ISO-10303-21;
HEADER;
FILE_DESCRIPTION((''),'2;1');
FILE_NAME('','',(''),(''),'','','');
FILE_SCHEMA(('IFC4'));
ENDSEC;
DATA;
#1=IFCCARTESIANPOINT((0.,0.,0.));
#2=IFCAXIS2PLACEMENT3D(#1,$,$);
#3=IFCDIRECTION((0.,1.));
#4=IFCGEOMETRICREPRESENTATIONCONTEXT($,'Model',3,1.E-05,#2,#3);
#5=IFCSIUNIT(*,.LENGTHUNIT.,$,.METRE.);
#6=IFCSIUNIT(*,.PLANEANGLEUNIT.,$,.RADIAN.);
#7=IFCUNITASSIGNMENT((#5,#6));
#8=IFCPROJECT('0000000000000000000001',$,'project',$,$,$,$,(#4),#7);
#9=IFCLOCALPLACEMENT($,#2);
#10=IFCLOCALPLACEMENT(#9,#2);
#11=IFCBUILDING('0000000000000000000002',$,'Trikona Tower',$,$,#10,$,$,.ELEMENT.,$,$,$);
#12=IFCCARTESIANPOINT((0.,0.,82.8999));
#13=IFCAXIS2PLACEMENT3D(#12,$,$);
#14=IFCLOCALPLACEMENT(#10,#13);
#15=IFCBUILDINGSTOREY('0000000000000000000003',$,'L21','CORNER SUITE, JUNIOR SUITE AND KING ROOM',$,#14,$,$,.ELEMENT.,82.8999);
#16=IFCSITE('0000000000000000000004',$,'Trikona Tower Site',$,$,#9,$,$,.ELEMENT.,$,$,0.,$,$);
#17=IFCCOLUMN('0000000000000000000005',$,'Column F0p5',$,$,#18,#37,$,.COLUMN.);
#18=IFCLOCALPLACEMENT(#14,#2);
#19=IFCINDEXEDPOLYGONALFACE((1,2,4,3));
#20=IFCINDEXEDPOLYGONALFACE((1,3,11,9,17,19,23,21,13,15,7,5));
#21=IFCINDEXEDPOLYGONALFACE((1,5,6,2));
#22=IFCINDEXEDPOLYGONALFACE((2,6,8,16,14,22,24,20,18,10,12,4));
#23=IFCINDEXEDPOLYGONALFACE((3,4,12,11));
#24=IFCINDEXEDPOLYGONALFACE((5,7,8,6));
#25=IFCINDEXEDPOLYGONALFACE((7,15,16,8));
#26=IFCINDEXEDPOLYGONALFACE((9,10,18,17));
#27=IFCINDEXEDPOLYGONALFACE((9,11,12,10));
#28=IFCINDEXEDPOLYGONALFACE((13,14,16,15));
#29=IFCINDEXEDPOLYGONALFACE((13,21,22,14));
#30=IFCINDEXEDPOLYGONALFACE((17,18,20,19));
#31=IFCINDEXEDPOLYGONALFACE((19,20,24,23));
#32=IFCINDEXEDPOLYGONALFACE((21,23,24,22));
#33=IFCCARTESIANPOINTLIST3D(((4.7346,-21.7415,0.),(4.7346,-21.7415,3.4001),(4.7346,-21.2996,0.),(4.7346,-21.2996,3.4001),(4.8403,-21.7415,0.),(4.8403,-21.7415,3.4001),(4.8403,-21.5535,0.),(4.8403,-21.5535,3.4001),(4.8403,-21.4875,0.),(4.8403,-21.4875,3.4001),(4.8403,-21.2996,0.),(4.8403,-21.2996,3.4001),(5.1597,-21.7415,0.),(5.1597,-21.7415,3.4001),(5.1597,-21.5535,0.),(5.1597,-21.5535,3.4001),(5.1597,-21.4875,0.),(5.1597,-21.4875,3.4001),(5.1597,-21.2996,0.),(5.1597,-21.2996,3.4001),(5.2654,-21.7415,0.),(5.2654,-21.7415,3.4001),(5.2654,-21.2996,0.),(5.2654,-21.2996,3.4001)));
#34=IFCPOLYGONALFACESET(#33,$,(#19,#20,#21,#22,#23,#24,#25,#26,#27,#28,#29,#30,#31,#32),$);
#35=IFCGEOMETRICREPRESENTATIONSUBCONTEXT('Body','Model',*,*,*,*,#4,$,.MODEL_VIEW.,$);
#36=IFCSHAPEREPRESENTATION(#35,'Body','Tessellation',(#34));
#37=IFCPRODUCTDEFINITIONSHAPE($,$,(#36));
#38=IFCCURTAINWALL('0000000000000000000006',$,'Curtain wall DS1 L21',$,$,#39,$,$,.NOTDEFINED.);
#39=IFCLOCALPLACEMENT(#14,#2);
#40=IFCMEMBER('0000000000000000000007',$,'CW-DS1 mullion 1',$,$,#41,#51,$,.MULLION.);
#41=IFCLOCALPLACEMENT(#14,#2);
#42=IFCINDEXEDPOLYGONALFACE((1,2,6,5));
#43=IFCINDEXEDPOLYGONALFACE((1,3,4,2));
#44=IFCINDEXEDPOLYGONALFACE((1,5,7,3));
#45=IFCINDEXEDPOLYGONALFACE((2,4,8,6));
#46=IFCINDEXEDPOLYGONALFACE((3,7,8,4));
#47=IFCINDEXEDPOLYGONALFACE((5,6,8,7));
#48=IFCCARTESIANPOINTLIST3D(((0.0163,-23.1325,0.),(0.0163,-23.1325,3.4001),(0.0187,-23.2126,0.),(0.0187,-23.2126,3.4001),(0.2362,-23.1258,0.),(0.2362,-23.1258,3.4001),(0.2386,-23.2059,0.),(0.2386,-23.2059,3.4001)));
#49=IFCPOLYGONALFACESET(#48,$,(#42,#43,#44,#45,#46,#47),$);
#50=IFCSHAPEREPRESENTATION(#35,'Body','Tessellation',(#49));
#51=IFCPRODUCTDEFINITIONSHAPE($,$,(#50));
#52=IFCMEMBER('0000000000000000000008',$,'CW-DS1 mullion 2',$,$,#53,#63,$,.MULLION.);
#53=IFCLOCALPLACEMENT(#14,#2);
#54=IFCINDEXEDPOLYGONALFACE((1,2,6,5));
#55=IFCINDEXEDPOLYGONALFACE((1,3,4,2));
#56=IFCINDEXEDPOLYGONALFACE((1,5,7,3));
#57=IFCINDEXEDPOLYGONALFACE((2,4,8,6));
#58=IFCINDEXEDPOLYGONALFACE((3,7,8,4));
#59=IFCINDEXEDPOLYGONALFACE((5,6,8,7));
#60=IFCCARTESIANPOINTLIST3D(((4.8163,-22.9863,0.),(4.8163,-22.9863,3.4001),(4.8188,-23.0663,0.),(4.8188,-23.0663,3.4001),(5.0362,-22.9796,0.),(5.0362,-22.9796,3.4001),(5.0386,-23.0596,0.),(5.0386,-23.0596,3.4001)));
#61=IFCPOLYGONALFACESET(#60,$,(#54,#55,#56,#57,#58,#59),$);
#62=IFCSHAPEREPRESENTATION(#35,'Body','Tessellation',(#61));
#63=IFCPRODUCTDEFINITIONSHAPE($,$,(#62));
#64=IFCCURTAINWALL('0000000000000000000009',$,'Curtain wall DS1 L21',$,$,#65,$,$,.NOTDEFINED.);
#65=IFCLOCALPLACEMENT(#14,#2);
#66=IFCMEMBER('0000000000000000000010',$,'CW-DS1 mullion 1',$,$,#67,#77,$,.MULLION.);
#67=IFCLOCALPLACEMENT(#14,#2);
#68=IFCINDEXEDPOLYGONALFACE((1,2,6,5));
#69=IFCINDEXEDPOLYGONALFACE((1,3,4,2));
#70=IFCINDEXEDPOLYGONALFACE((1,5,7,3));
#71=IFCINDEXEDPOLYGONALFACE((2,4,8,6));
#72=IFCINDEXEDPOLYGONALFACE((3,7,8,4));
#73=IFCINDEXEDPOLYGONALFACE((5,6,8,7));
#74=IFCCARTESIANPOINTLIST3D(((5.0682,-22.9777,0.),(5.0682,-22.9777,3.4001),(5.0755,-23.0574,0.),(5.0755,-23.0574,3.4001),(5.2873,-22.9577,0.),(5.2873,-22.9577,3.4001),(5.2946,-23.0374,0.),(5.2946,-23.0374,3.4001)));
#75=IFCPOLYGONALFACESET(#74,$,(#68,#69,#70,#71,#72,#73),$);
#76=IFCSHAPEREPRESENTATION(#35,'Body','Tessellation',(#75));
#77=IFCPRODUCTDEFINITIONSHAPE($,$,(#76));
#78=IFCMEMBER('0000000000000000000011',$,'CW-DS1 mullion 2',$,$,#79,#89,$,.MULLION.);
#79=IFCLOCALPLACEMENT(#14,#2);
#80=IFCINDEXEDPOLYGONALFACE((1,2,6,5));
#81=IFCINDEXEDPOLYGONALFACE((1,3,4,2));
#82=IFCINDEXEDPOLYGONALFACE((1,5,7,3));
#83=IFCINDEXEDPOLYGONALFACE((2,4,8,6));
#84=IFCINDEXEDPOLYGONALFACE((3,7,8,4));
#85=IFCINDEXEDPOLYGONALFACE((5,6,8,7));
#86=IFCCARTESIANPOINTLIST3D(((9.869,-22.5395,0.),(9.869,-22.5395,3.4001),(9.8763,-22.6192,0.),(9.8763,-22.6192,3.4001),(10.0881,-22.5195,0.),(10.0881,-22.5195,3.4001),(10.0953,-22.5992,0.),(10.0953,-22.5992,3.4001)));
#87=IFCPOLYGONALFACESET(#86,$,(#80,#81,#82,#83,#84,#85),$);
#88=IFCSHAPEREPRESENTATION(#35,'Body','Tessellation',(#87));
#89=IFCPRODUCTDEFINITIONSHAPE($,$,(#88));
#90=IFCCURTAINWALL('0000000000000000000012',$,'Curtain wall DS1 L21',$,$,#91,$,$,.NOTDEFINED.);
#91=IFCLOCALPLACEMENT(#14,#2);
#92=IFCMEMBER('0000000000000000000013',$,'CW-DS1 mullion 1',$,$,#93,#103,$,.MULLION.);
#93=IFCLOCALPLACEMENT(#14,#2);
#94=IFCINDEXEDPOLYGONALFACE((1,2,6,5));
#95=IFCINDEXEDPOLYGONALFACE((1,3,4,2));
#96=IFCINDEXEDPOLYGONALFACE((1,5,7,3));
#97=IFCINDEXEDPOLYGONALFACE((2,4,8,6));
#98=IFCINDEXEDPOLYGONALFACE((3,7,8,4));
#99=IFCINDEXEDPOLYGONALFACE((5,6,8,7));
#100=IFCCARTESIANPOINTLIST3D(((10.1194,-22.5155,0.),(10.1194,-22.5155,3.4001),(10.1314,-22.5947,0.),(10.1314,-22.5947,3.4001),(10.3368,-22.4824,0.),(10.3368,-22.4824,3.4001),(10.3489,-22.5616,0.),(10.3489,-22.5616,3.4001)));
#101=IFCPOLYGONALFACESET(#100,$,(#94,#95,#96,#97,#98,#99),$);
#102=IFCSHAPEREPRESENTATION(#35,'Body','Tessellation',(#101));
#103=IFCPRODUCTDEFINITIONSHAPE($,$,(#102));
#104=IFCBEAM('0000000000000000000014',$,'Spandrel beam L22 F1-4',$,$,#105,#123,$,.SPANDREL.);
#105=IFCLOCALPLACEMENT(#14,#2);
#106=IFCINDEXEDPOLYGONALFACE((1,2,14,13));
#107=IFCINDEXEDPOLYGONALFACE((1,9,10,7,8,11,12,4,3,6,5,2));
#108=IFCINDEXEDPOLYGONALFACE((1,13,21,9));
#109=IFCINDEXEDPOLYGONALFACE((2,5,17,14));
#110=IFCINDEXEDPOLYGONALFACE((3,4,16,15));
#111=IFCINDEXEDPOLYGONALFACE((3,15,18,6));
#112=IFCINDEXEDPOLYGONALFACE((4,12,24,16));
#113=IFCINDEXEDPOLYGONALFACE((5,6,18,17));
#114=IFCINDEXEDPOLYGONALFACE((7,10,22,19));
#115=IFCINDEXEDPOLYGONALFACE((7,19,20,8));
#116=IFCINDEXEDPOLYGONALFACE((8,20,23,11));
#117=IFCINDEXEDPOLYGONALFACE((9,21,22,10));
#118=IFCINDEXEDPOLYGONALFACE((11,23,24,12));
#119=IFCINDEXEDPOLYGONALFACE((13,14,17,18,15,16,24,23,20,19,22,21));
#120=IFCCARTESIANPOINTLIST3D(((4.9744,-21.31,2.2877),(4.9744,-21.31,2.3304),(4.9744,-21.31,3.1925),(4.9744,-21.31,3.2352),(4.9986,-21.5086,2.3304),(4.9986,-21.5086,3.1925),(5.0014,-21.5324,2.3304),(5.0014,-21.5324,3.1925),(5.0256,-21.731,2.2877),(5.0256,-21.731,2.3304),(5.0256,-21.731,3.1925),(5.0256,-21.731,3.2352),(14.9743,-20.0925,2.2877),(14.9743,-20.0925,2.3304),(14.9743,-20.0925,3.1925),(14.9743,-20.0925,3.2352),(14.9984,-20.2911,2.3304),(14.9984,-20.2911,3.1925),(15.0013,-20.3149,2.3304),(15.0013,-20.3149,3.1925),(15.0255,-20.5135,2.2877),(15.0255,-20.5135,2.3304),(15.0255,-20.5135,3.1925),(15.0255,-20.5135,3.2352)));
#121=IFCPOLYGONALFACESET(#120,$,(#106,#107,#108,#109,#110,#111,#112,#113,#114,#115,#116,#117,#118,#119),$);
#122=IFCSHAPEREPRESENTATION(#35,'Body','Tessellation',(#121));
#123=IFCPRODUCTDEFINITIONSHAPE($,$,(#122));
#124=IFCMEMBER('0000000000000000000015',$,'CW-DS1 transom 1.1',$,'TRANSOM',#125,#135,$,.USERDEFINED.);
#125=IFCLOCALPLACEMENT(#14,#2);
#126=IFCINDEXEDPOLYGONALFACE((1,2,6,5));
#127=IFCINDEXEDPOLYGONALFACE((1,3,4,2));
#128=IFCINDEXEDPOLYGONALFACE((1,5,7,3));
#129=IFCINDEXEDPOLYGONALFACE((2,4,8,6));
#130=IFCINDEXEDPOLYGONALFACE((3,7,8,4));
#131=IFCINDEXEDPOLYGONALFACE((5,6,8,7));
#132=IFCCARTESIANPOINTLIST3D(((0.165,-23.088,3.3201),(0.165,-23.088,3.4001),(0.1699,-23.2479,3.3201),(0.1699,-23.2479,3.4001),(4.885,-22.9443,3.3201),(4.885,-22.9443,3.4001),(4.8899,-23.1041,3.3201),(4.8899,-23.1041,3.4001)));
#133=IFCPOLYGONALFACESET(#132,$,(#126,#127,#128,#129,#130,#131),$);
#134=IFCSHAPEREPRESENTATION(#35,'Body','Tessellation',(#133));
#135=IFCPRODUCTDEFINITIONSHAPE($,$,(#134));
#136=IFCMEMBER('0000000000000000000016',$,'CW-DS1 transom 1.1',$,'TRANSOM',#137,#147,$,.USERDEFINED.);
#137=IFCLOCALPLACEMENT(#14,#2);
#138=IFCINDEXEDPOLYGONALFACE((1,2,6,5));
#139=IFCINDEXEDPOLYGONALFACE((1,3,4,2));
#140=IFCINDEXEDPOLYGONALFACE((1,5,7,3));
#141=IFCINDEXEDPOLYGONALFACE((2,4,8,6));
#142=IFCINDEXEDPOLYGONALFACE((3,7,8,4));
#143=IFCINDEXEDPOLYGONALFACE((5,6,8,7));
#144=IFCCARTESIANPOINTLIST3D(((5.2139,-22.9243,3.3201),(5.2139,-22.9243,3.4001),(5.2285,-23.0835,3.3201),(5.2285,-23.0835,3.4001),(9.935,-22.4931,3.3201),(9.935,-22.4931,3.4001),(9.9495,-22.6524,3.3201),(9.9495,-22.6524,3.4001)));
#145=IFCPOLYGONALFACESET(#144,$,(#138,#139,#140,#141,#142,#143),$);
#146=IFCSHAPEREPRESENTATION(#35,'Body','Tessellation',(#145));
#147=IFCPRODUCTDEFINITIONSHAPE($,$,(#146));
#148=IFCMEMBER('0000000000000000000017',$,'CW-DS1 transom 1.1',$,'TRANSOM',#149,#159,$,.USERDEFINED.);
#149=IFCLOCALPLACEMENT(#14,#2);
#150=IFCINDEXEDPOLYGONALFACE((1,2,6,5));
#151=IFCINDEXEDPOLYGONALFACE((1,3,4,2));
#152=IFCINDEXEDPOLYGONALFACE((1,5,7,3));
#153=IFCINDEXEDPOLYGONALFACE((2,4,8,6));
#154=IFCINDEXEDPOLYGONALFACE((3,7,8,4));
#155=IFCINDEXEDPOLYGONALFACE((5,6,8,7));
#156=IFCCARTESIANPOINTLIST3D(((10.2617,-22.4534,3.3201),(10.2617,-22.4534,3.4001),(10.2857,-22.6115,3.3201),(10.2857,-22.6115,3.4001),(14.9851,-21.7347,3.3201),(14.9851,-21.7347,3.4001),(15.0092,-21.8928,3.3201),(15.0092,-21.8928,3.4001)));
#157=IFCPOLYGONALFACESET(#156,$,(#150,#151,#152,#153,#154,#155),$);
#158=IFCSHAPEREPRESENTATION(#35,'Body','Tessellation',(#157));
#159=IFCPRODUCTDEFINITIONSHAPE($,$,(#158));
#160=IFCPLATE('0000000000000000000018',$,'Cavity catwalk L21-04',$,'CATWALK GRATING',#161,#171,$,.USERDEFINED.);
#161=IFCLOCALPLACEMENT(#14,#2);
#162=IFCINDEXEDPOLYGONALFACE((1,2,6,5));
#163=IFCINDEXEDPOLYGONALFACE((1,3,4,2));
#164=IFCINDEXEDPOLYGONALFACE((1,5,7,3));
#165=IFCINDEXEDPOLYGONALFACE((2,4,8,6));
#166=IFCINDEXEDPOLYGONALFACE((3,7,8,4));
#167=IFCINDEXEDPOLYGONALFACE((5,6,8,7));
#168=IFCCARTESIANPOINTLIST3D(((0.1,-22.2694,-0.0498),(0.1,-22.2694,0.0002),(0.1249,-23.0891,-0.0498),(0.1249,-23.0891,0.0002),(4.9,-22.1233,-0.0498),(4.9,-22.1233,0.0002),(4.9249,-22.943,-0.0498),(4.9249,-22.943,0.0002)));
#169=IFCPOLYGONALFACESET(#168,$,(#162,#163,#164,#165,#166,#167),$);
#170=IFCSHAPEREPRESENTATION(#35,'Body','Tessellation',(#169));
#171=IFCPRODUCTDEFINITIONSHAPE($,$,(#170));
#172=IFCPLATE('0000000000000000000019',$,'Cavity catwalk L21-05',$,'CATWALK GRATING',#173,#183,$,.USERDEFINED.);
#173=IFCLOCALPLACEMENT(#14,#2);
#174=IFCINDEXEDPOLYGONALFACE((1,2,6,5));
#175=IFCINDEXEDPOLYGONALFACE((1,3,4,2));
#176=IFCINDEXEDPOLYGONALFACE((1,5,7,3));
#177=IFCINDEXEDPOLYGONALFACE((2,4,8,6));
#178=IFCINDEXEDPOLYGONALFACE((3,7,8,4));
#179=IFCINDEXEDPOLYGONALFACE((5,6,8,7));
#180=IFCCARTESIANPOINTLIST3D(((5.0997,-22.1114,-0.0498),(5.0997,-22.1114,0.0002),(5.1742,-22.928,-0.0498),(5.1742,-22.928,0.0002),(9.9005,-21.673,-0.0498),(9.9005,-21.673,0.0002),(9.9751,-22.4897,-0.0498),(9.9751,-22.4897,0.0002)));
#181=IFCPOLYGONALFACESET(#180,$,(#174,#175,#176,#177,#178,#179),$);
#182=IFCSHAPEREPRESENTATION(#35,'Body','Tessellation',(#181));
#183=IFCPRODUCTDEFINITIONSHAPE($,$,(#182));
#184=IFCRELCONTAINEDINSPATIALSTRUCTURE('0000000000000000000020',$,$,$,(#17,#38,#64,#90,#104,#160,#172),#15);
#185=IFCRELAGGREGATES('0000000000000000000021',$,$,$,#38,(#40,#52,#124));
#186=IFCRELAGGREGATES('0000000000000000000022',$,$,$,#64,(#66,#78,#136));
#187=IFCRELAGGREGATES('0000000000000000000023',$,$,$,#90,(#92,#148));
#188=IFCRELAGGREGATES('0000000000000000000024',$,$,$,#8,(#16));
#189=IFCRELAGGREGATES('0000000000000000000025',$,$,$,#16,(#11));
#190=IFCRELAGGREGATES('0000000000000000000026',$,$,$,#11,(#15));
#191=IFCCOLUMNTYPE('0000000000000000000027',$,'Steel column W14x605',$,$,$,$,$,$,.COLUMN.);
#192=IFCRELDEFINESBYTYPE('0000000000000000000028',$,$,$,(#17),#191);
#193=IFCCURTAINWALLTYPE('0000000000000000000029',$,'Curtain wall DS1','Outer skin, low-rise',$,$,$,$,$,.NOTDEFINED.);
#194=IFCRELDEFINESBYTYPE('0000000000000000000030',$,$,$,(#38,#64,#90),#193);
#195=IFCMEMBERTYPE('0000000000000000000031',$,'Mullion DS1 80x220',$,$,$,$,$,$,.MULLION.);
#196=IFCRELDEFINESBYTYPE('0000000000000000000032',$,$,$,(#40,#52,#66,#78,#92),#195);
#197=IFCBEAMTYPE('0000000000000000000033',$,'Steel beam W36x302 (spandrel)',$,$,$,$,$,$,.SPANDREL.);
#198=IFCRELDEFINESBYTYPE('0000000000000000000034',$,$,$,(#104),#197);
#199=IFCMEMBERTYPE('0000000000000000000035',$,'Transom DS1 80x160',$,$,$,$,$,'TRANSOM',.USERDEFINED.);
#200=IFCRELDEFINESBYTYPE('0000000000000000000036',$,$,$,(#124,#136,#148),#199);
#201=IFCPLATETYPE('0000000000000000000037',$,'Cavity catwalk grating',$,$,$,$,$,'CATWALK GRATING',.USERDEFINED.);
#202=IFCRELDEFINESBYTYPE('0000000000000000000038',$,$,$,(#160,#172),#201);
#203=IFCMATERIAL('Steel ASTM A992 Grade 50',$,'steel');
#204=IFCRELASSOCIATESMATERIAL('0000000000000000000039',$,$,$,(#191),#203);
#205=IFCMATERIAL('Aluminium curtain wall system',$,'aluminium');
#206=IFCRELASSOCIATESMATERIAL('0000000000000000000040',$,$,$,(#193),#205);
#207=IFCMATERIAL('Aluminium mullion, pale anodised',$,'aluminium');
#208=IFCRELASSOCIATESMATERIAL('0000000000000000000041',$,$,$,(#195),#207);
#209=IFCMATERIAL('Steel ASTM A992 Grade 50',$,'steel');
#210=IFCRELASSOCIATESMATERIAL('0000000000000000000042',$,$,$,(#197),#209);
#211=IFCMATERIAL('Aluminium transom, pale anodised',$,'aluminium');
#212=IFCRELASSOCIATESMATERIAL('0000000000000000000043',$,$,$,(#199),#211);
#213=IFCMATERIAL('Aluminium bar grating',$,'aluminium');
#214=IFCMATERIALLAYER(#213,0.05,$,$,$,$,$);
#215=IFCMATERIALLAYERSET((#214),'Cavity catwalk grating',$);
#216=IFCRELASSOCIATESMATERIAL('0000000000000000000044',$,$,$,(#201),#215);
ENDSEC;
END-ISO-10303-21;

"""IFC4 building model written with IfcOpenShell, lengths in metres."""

from ifc_helpers import new_model, si_unit, direction, frame, origin, origin_2d, place, context, subcontext, project, spatial, rectangle, i_section, extrude, material, layer, layer_set, material_profile, profile_set, type_object, element, aggregate, save


model = new_model("IFC4")

# Units and contexts
model_context = context("Model", 3, precision=1e-05, world=origin(), true_north=direction((0.0, 1.0)))
body_context = subcontext(model_context, "Body", "Model", "MODEL_VIEW")
ifc_project = project(units=[si_unit("LENGTHUNIT", "METRE"), si_unit("PLANEANGLEUNIT", "RADIAN")], contexts=[model_context])

# Site, building, storey
site_placement = place(None, origin())
site = spatial("IfcSite", under=ifc_project, at=site_placement, Name="Trikona Tower Site", CompositionType="ELEMENT", RefElevation=0.0)
building_placement = place(site_placement, origin())
building = spatial("IfcBuilding", under=site, at=building_placement, Name="Trikona Tower", CompositionType="ELEMENT")
storey_placement = place(building_placement, frame((0.0, 0.0, 82.8999)))
storey = spatial("IfcBuildingStorey", under=building, at=storey_placement, Name="L21", Description="CORNER SUITE, JUNIOR SUITE AND KING ROOM", CompositionType="ELEMENT", Elevation=82.8999)

# Column
ifc_material_1 = material(Name="Steel ASTM A992 Grade 50", Category="steel")
ifc_material_profile_1 = material_profile(ifc_material_1, i_section(OverallWidth=0.4419, OverallDepth=0.5308, WebThickness=0.0659, FlangeThickness=0.1057, at=origin_2d()), Name="W14X605")
ifc_profile_set_1 = profile_set([ifc_material_profile_1], Name="Steel ASTM A992 Grade 50")
column_type = type_object("IfcColumnType", Name="Steel column W14x605", PredefinedType="COLUMN", material=ifc_profile_set_1)
column_placement = place(storey_placement, frame((5.0, -21.5205, 0.0), z_axis=(0.0, 0.0, 1.0), x_axis=(0.0, -1.0, 0.0)))
element("IfcColumn", 1, at=column_placement, inside=storey, type_object=column_type, Name="Column F0p5", PredefinedType="COLUMN", context=body_context, shape_type="SweptSolid", body=[
    extrude(i_section(OverallWidth=0.4419, OverallDepth=0.5308, WebThickness=0.0659, FlangeThickness=0.1057, at=origin_2d()), origin(), (0.0, 0.0, 1.0), 3.4001),
])

# Curtain walls, members
ifc_material_2 = material(Name="Aluminium curtain wall system", Category="aluminium")
curtain_wall_type = type_object("IfcCurtainWallType", Name="Curtain wall DS1", Description="Outer skin, low-rise", PredefinedType="NOTDEFINED", material=ifc_material_2)
curtain_wall_1_placement = place(storey_placement, origin())
curtain_wall_1 = element("IfcCurtainWall", 2, at=curtain_wall_1_placement, inside=storey, type_object=curtain_wall_type, Name="Curtain wall DS1 L21", PredefinedType="NOTDEFINED")
ifc_material_3 = material(Name="Aluminium mullion, pale anodised", Category="aluminium")
ifc_material_profile_2 = material_profile(ifc_material_3, rectangle(XDim=0.0801, YDim=0.22, at=origin_2d()), Name="MUL-DS1")
ifc_profile_set_2 = profile_set([ifc_material_profile_2], Name="Aluminium mullion, pale anodised")
member_type_1 = type_object("IfcMemberType", Name="Mullion DS1 80x220", PredefinedType="MULLION", material=ifc_profile_set_2)
member_1_placement = place(storey_placement, frame((0.1274, -23.1692, 0.0), z_axis=(0.0, 0.0, 1.0), x_axis=(-0.030437, 0.999537, 0.0)))
member_1 = element("IfcMember", 3, at=member_1_placement, type_object=member_type_1, Name="CW-DS1 mullion 1", PredefinedType="MULLION", context=body_context, shape_type="SweptSolid", body=[
    extrude(rectangle(XDim=0.0801, YDim=0.22, at=origin_2d()), origin(), (0.0, 0.0, 1.0), 3.4001),
])
member_2_placement = place(storey_placement, frame((4.9275, -23.0229, 0.0), z_axis=(0.0, 0.0, 1.0), x_axis=(-0.030437, 0.999537, 0.0)))
member_2 = element("IfcMember", 4, at=member_2_placement, type_object=member_type_1, Name="CW-DS1 mullion 2", PredefinedType="MULLION", context=body_context, shape_type="SweptSolid", body=[
    extrude(rectangle(XDim=0.0801, YDim=0.22, at=origin_2d()), origin(), (0.0, 0.0, 1.0), 3.4001),
])
curtain_wall_2_placement = place(storey_placement, origin())
curtain_wall_2 = element("IfcCurtainWall", 5, at=curtain_wall_2_placement, inside=storey, type_object=curtain_wall_type, Name="Curtain wall DS1 L21", PredefinedType="NOTDEFINED")
member_3_placement = place(storey_placement, frame((5.1814, -23.0076, 0.0), z_axis=(0.0, 0.0, 1.0), x_axis=(-0.090924, 0.995858, 0.0)))
member_3 = element("IfcMember", 6, at=member_3_placement, type_object=member_type_1, Name="CW-DS1 mullion 1", PredefinedType="MULLION", context=body_context, shape_type="SweptSolid", body=[
    extrude(rectangle(XDim=0.0801, YDim=0.22, at=origin_2d()), origin(), (0.0, 0.0, 1.0), 3.4001),
])
member_4_placement = place(storey_placement, frame((9.9822, -22.5693, 0.0), z_axis=(0.0, 0.0, 1.0), x_axis=(-0.090924, 0.995858, 0.0)))
member_4 = element("IfcMember", 7, at=member_4_placement, type_object=member_type_1, Name="CW-DS1 mullion 2", PredefinedType="MULLION", context=body_context, shape_type="SweptSolid", body=[
    extrude(rectangle(XDim=0.0801, YDim=0.22, at=origin_2d()), origin(), (0.0, 0.0, 1.0), 3.4001),
])

# Curtain wall, member
curtain_wall_3_placement = place(storey_placement, origin())
curtain_wall_3 = element("IfcCurtainWall", 8, at=curtain_wall_3_placement, inside=storey, type_object=curtain_wall_type, Name="Curtain wall DS1 L21", PredefinedType="NOTDEFINED")
member_5_placement = place(storey_placement, frame((10.2341, -22.5386, 0.0), z_axis=(0.0, 0.0, 1.0), x_axis=(-0.150438, 0.988619, 0.0)))
member_5 = element("IfcMember", 9, at=member_5_placement, type_object=member_type_1, Name="CW-DS1 mullion 1", PredefinedType="MULLION", context=body_context, shape_type="SweptSolid", body=[
    extrude(rectangle(XDim=0.0801, YDim=0.22, at=origin_2d()), origin(), (0.0, 0.0, 1.0), 3.4001),
])

# Beam
ifc_material_4 = material(Name="Steel ASTM A992 Grade 50", Category="steel")
ifc_material_profile_3 = material_profile(ifc_material_4, i_section(OverallWidth=0.4241, OverallDepth=0.9475, WebThickness=0.0239, FlangeThickness=0.0427, at=origin_2d()), Name="W36X302")
ifc_profile_set_3 = profile_set([ifc_material_profile_3], Name="Steel ASTM A992 Grade 50")
beam_type = type_object("IfcBeamType", Name="Steel beam W36x302 (spandrel)", PredefinedType="SPANDREL", material=ifc_profile_set_3)
beam_placement = place(storey_placement, frame((5.0, -21.5205, 2.7615), z_axis=(0.99267, 0.12086, 0.0), x_axis=(-0.12086, 0.99267, 0.0)))
element("IfcBeam", 10, at=beam_placement, inside=storey, type_object=beam_type, Name="Spandrel beam L22 F1-4", PredefinedType="SPANDREL", context=body_context, shape_type="SweptSolid", body=[
    extrude(i_section(OverallWidth=0.4241, OverallDepth=0.9475, WebThickness=0.0239, FlangeThickness=0.0427, at=origin_2d()), origin(), (0.0, 0.0, 1.0), 10.0737),
])

# Members
ifc_material_5 = material(Name="Aluminium transom, pale anodised", Category="aluminium")
ifc_material_profile_4 = material_profile(ifc_material_5, rectangle(XDim=0.1599, YDim=0.0801, at=origin_2d()), Name="TRN-DS1")
ifc_profile_set_4 = profile_set([ifc_material_profile_4], Name="Aluminium transom, pale anodised")
member_type_2 = type_object("IfcMemberType", Name="Transom DS1 80x160", ElementType="TRANSOM", PredefinedType="USERDEFINED", material=ifc_profile_set_4)
member_6_placement = place(storey_placement, frame((0.1675, -23.168, 3.3601), z_axis=(0.999536, 0.030452, 0.0), x_axis=(-0.030452, 0.999536, 0.0)))
member_6 = element("IfcMember", 11, at=member_6_placement, type_object=member_type_2, Name="CW-DS1 transom 1.1", ObjectType="TRANSOM", PredefinedType="USERDEFINED", context=body_context, shape_type="SweptSolid", body=[
    extrude(rectangle(XDim=0.1599, YDim=0.0801, at=origin_2d()), origin(), (0.0, 0.0, 1.0), 4.7222),
])
member_7_placement = place(storey_placement, frame((5.2212, -23.0039, 3.3601), z_axis=(0.995856, 0.090944, 0.0), x_axis=(-0.090944, 0.995856, 0.0)))
member_7 = element("IfcMember", 12, at=member_7_placement, type_object=member_type_2, Name="CW-DS1 transom 1.1", ObjectType="TRANSOM", PredefinedType="USERDEFINED", context=body_context, shape_type="SweptSolid", body=[
    extrude(rectangle(XDim=0.1599, YDim=0.0801, at=origin_2d()), origin(), (0.0, 0.0, 1.0), 4.7407),
])
member_8_placement = place(storey_placement, frame((10.2737, -22.5325, 3.3601), z_axis=(0.98862, 0.150437, 0.0), x_axis=(-0.150437, 0.98862, 0.0)))
member_8 = element("IfcMember", 13, at=member_8_placement, type_object=member_type_2, Name="CW-DS1 transom 1.1", ObjectType="TRANSOM", PredefinedType="USERDEFINED", context=body_context, shape_type="SweptSolid", body=[
    extrude(rectangle(XDim=0.1599, YDim=0.0801, at=origin_2d()), origin(), (0.0, 0.0, 1.0), 4.7778),
])

# Plates
ifc_material_6 = material(Name="Aluminium bar grating", Category="aluminium")
ifc_layer_1 = layer(ifc_material_6, 0.05)
ifc_layer_set_1 = layer_set([ifc_layer_1], Name="Cavity catwalk grating")
plate_type_1 = type_object("IfcPlateType", Name="Cavity catwalk grating", ElementType="CATWALK GRATING", PredefinedType="USERDEFINED", material=ifc_layer_set_1)
plate_1_placement = place(storey_placement, frame((2.5125, -22.6062, -0.0498), z_axis=(0.0, 0.0, 1.0), x_axis=(0.999537, 0.030425, 0.0)))
element("IfcPlate", 14, at=plate_1_placement, inside=storey, type_object=plate_type_1, Name="Cavity catwalk L21-04", ObjectType="CATWALK GRATING", PredefinedType="USERDEFINED", context=body_context, shape_type="SweptSolid", body=[
    extrude(rectangle(XDim=4.8022, YDim=0.8201, at=origin_2d()), origin(), (0.0, 0.0, 1.0), 0.05),
])
plate_2_placement = place(storey_placement, frame((7.5374, -22.3005, -0.0498), z_axis=(0.0, 0.0, 1.0), x_axis=(0.995858, 0.090921, 0.0)))
element("IfcPlate", 15, at=plate_2_placement, inside=storey, type_object=plate_type_1, Name="Cavity catwalk L21-05", ObjectType="CATWALK GRATING", PredefinedType="USERDEFINED", context=body_context, shape_type="SweptSolid", body=[
    extrude(rectangle(XDim=4.8208, YDim=0.8201, at=origin_2d()), origin(), (0.0, 0.0, 1.0), 0.05),
])

aggregate(curtain_wall_1, [member_1, member_2, member_6])
aggregate(curtain_wall_2, [member_3, member_4, member_7])
aggregate(curtain_wall_3, [member_5, member_8])

save(model, "model.ifc")
